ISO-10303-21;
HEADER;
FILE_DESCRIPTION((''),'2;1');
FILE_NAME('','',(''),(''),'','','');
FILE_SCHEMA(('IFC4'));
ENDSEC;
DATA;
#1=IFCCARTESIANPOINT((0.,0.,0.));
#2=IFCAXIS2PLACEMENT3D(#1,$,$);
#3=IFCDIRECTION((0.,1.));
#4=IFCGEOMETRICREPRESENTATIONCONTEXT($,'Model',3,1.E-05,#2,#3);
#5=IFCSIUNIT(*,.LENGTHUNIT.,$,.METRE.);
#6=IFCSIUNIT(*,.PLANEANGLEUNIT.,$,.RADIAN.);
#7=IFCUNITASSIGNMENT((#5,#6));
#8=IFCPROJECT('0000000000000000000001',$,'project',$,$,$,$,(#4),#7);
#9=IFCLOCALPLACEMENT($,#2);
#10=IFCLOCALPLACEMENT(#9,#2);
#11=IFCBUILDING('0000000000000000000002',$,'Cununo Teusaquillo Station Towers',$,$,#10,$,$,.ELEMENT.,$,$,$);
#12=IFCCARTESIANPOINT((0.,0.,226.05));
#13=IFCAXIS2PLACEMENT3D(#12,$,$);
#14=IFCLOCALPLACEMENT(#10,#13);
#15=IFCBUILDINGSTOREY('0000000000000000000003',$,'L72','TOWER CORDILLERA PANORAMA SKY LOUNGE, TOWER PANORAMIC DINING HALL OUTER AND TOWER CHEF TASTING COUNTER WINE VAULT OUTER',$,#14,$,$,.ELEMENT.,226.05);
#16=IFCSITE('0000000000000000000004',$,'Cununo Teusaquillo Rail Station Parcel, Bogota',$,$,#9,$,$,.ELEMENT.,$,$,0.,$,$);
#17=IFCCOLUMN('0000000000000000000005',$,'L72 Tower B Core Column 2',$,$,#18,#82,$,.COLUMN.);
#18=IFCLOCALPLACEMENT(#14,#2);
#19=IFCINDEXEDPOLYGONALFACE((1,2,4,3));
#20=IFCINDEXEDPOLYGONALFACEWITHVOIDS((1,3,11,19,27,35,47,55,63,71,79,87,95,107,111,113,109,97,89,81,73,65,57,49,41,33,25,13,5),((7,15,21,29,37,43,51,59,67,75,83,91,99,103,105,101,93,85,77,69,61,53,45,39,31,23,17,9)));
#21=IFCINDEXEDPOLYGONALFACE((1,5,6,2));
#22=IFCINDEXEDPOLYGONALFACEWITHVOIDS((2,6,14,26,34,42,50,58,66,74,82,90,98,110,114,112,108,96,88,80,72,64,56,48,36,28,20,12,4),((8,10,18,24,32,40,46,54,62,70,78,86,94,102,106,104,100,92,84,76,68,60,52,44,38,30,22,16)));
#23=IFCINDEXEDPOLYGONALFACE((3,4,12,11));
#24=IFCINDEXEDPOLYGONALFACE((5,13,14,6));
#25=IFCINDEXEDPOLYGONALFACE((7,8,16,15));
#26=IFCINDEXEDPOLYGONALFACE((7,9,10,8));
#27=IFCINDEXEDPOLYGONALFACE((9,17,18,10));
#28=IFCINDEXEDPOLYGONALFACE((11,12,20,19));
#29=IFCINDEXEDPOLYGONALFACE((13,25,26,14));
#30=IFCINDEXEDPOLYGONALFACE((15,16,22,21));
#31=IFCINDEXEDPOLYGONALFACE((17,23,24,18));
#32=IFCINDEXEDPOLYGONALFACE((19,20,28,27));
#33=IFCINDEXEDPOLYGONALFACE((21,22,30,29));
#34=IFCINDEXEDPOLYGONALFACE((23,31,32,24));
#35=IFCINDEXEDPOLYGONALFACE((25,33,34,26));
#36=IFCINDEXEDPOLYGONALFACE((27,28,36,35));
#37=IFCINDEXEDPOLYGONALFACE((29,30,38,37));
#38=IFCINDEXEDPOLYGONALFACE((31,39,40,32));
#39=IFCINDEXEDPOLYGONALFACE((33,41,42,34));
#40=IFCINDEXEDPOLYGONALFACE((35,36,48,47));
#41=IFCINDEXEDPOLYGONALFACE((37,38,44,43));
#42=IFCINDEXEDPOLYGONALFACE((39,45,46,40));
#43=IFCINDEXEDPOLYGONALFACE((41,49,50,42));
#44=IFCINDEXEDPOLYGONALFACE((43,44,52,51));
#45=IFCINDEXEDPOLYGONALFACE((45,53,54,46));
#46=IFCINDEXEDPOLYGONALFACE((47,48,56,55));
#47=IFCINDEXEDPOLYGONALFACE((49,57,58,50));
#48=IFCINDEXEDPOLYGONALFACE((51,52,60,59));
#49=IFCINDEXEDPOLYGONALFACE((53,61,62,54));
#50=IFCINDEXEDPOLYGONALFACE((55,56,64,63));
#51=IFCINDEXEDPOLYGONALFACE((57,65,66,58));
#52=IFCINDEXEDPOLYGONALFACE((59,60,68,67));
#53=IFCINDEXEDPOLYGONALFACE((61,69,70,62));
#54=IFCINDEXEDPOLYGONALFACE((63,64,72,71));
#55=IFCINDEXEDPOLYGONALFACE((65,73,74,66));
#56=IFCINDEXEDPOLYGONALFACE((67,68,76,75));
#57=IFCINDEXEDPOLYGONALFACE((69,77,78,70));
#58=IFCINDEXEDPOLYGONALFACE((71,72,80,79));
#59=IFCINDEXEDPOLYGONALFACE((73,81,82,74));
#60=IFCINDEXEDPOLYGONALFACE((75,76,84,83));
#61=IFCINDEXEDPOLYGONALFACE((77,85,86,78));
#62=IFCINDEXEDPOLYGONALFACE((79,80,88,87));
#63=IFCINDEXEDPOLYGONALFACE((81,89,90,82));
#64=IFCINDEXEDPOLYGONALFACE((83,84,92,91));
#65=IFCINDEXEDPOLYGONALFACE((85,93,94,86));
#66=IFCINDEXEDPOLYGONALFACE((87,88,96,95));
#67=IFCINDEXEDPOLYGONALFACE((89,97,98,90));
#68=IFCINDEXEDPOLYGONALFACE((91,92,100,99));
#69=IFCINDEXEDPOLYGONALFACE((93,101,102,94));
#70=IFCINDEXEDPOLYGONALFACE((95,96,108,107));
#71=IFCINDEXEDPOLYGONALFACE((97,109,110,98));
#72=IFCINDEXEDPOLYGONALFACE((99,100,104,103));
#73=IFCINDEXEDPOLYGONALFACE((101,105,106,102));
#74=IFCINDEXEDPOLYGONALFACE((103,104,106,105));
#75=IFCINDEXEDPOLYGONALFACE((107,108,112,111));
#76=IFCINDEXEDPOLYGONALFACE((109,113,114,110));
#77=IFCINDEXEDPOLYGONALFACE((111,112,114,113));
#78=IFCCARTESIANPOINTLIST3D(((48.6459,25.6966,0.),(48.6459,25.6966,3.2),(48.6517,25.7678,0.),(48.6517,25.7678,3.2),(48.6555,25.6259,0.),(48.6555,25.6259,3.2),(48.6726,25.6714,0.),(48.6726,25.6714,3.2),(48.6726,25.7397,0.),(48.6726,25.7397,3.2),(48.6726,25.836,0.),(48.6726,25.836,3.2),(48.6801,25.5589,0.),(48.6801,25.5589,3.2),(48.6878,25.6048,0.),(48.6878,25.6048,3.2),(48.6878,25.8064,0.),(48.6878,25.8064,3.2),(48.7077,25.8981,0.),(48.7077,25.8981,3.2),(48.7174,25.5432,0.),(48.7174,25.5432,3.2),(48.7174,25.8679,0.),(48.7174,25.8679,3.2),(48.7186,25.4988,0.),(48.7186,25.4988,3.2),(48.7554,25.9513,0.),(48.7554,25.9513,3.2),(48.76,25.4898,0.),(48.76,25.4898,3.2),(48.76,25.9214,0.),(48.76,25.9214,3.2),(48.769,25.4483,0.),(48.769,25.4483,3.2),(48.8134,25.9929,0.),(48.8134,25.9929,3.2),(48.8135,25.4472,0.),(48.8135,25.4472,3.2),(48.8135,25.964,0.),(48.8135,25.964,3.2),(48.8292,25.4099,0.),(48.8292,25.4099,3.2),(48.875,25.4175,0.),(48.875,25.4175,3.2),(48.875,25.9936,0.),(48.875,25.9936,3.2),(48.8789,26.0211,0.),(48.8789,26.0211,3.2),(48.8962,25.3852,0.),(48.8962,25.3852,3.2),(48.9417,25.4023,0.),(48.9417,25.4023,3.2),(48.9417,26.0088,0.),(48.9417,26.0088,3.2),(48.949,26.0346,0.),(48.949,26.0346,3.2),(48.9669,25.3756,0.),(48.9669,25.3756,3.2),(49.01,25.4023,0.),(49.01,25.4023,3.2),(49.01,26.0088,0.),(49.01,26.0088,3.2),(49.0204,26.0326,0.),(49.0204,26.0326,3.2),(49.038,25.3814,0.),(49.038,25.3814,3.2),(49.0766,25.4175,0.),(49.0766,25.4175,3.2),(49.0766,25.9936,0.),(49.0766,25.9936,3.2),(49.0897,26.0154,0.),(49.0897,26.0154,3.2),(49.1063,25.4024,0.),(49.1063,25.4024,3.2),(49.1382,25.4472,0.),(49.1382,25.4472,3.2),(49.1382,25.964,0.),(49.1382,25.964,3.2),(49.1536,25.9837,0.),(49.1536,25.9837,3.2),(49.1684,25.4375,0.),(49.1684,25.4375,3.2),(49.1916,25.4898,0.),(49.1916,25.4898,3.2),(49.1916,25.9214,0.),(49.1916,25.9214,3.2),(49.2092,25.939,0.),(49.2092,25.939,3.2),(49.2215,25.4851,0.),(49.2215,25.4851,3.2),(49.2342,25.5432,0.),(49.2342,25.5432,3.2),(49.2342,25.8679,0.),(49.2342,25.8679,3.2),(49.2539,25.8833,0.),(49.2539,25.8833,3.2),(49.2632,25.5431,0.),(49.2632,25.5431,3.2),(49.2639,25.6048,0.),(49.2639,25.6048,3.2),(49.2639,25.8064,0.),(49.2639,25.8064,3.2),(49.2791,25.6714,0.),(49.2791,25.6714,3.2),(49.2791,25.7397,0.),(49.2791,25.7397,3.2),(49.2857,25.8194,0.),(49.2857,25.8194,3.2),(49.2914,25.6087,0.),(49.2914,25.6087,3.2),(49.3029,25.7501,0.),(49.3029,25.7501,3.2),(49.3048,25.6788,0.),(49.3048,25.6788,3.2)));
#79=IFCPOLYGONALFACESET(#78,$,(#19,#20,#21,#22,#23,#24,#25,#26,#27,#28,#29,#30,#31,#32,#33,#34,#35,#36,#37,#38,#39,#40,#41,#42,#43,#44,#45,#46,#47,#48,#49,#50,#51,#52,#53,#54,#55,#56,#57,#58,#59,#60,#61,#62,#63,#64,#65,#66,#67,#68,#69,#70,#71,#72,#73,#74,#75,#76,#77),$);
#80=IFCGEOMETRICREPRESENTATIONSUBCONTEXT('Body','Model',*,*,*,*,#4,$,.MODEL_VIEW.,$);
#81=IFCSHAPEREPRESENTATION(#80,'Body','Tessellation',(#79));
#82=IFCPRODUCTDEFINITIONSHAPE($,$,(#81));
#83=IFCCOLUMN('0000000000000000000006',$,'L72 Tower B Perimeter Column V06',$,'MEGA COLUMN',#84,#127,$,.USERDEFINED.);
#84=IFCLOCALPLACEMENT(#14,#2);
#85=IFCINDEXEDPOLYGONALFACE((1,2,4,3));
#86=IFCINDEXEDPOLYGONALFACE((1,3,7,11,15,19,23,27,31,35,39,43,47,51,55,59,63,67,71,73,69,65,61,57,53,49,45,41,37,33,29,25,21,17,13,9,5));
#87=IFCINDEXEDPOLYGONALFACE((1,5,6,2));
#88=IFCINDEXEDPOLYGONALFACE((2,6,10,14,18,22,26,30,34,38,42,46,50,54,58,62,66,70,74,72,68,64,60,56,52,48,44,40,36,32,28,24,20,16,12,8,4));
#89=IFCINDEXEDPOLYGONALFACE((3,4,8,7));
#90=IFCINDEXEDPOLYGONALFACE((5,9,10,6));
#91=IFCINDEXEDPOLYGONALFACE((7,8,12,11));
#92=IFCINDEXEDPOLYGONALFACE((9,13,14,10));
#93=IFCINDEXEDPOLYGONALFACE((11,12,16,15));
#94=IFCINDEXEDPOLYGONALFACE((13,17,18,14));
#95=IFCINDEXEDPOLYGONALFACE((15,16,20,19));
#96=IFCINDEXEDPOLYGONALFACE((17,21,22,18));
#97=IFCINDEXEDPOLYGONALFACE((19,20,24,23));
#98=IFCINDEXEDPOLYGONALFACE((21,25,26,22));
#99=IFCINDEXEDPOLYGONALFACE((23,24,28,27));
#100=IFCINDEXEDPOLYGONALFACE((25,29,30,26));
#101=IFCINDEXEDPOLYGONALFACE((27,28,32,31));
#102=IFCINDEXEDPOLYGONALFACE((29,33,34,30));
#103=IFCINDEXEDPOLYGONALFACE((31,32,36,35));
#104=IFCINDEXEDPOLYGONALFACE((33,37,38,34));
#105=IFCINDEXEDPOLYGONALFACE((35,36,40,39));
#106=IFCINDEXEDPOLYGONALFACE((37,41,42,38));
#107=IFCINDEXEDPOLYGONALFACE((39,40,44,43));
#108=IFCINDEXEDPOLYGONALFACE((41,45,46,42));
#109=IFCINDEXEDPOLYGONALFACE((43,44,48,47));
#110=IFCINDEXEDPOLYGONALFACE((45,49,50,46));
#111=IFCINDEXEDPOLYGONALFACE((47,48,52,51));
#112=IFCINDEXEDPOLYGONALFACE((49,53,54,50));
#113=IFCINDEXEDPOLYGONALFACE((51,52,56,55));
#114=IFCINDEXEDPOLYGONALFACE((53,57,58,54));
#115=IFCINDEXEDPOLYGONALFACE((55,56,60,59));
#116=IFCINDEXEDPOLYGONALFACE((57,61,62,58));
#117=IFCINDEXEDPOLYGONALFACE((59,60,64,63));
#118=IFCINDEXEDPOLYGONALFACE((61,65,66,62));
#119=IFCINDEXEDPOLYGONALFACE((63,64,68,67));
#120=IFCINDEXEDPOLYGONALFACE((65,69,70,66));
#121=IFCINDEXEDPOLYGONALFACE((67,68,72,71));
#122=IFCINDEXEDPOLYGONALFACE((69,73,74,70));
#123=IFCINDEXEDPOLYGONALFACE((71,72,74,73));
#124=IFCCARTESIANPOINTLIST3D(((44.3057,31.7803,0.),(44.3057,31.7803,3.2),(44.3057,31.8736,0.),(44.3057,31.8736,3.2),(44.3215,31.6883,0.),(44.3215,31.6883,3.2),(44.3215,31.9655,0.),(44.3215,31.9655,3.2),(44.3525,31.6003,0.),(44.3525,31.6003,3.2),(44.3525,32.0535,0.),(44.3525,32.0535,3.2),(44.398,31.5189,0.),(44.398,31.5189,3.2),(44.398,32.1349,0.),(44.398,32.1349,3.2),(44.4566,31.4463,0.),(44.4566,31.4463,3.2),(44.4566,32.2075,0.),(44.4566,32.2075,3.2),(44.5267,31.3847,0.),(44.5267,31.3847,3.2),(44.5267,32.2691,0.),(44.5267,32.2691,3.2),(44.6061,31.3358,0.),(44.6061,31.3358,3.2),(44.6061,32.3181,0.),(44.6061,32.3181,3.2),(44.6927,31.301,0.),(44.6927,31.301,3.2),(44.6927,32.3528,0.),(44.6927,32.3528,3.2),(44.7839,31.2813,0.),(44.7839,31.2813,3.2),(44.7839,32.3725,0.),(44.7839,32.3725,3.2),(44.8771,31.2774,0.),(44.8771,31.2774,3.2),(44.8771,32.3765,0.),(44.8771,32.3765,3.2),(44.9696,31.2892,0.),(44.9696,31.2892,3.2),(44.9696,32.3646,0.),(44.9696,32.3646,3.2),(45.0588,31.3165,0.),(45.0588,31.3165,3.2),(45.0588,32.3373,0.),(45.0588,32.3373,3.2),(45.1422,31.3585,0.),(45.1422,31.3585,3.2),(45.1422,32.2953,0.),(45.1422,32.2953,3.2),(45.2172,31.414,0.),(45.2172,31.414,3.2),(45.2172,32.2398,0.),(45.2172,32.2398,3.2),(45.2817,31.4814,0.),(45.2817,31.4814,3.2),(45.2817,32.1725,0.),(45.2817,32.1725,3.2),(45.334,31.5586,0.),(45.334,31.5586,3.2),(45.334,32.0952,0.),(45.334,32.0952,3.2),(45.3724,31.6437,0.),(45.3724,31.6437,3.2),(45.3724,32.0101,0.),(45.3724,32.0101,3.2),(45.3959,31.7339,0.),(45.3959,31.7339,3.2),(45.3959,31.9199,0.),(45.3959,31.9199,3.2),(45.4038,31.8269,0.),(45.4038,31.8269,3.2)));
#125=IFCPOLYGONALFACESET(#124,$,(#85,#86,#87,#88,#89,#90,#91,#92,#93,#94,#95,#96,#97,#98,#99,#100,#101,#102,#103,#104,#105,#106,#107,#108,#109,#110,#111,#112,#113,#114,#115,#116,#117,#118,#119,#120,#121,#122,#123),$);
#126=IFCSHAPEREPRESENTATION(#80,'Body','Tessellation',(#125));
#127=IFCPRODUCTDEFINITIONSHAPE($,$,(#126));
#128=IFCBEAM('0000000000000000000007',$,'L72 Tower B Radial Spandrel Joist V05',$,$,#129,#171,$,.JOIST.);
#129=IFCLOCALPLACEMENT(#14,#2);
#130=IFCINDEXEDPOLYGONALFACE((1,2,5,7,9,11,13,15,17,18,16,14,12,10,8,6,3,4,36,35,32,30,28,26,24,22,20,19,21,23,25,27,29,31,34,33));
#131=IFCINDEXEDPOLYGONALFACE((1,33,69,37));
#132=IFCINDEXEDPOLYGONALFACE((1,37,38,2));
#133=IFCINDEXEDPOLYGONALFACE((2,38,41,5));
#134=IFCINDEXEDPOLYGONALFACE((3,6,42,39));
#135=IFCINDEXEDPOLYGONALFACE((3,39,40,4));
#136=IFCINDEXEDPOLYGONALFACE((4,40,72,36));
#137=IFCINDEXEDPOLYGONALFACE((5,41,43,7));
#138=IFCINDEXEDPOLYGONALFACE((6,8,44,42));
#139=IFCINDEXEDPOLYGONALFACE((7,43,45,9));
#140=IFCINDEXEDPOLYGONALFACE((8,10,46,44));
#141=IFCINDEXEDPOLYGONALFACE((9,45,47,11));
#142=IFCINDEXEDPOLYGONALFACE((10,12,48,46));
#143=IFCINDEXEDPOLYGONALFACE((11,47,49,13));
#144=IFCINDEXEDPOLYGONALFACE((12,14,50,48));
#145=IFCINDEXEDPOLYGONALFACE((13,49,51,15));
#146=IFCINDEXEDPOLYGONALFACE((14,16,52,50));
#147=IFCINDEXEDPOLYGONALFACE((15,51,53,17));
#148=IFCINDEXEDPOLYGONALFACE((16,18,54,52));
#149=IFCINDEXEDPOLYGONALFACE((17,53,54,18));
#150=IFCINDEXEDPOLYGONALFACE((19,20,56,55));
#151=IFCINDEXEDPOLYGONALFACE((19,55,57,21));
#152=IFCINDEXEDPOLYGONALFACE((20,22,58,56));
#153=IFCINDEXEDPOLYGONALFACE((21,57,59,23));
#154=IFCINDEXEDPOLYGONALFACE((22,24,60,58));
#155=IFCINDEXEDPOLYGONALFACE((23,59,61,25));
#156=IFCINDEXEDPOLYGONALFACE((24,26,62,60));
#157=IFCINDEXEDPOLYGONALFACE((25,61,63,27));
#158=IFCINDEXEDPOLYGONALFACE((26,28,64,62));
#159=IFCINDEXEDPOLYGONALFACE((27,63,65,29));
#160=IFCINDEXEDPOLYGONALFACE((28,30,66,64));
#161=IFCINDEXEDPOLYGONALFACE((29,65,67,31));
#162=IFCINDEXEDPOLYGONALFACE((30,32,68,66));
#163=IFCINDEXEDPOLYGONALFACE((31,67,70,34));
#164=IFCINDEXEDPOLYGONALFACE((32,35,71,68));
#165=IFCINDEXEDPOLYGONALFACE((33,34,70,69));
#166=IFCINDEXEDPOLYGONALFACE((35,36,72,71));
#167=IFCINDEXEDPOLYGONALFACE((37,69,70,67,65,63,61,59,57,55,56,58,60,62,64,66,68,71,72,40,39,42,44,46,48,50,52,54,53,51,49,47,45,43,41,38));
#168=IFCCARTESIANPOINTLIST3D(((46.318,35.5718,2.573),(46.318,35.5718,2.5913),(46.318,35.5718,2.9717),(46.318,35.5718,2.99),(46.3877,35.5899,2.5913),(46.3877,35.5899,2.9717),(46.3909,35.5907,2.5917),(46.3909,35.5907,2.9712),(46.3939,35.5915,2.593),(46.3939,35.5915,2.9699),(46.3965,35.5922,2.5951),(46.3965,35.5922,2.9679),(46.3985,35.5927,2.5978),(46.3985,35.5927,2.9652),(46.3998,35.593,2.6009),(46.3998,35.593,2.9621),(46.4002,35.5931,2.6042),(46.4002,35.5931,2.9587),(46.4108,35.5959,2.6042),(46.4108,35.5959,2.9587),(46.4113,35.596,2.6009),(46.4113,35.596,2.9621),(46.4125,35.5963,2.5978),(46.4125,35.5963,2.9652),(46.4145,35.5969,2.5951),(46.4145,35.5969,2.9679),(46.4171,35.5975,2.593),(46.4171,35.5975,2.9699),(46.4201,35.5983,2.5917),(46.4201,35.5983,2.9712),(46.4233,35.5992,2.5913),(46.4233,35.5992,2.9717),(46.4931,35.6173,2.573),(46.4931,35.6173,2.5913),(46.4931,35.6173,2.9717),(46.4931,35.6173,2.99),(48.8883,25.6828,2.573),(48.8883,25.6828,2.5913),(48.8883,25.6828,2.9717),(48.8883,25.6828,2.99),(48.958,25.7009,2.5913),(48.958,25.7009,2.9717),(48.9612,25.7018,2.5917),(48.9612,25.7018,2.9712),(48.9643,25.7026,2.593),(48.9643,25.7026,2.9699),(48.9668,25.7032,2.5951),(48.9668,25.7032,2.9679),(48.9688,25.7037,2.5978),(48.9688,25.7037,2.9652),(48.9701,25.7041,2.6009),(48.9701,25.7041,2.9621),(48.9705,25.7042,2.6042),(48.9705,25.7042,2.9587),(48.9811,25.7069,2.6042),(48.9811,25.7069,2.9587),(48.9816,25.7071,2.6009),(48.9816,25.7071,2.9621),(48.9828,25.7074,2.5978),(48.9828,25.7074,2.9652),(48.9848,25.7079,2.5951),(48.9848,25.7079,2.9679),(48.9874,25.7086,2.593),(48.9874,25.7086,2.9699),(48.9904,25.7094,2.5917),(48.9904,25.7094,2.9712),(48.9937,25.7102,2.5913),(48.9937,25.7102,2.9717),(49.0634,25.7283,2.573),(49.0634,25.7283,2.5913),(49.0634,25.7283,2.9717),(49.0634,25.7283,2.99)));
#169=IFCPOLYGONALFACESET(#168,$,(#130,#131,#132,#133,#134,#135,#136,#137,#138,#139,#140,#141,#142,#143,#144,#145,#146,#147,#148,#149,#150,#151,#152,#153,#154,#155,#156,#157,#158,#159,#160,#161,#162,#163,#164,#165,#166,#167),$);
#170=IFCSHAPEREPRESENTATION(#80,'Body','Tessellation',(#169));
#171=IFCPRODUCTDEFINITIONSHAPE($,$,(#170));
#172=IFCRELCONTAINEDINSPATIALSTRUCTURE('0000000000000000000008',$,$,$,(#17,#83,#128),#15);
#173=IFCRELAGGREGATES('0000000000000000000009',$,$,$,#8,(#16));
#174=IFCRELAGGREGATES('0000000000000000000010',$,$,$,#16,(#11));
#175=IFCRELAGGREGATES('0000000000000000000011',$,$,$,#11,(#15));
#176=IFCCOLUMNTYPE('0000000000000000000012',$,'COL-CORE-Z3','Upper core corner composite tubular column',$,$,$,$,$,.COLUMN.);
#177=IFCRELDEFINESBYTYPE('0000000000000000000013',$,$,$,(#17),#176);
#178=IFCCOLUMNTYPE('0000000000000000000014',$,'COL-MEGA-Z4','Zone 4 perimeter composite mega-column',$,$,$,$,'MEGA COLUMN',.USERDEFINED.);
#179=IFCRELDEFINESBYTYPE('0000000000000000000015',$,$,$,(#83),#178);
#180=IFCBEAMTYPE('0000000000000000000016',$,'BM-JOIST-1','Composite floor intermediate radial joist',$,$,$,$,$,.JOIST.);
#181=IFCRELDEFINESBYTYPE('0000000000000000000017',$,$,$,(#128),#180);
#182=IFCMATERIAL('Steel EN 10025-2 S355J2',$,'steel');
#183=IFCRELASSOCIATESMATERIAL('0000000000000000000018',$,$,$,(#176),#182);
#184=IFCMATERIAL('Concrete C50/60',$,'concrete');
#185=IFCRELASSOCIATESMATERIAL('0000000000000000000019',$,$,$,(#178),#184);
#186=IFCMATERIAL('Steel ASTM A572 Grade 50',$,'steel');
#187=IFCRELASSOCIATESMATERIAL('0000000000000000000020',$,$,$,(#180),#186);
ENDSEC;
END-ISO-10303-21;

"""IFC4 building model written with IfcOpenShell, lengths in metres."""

from ifc_helpers import new_model, si_unit, direction, frame, origin, origin_2d, place, context, subcontext, project, spatial, circle, hollow_circle, i_section, extrude, material, material_profile, profile_set, type_object, element, save


model = new_model("IFC4")

# Units and contexts
model_context = context("Model", 3, precision=1e-05, world=origin(), true_north=direction((0.0, 1.0)))
body_context = subcontext(model_context, "Body", "Model", "MODEL_VIEW")
ifc_project = project(units=[si_unit("LENGTHUNIT", "METRE"), si_unit("PLANEANGLEUNIT", "RADIAN")], contexts=[model_context])

# Site, building, storey
site_placement = place(None, origin())
site = spatial("IfcSite", under=ifc_project, at=site_placement, Name="Cununo Teusaquillo Rail Station Parcel, Bogota", CompositionType="ELEMENT", RefElevation=0.0)
building_placement = place(site_placement, origin())
building = spatial("IfcBuilding", under=site, at=building_placement, Name="Cununo Teusaquillo Station Towers", CompositionType="ELEMENT")
storey_placement = place(building_placement, frame((0.0, 0.0, 226.05)))
storey = spatial("IfcBuildingStorey", under=building, at=storey_placement, Name="L72", Description="TOWER CORDILLERA PANORAMA SKY LOUNGE, TOWER PANORAMIC DINING HALL OUTER AND TOWER CHEF TASTING COUNTER WINE VAULT OUTER", CompositionType="ELEMENT", Elevation=226.05)

# Columns
ifc_material_1 = material(Name="Steel EN 10025-2 S355J2", Category="steel")
ifc_material_profile_1 = material_profile(ifc_material_1, hollow_circle(Radius=0.3301, WallThickness=0.0249, at=origin_2d()), Name="CHS 660x25")
ifc_profile_set_1 = profile_set([ifc_material_profile_1], Name="Steel EN 10025-2 S355J2")
column_type_1 = type_object("IfcColumnType", Name="COL-CORE-Z3", Description="Upper core corner composite tubular column", PredefinedType="COLUMN", material=ifc_profile_set_1)
column_1_placement = place(storey_placement, frame((48.9758, 25.7056, 0.0), z_axis=(0.0, 0.0, 1.0), x_axis=(0.707107, 0.707107, 0.0)))
element("IfcColumn", 1, at=column_1_placement, inside=storey, type_object=column_type_1, Name="L72 Tower B Core Column 2", PredefinedType="COLUMN", context=body_context, shape_type="SweptSolid", body=[
    extrude(hollow_circle(Radius=0.3301, WallThickness=0.0249, at=origin_2d()), origin(), (0.0, 0.0, 1.0), 3.2),
])
ifc_material_2 = material(Name="Concrete C50/60", Category="concrete")
ifc_material_profile_2 = material_profile(ifc_material_2, circle(Radius=0.55, at=origin_2d()), Name="RC-CIRC-1100")
ifc_profile_set_2 = profile_set([ifc_material_profile_2], Name="Concrete C50/60")
column_type_2 = type_object("IfcColumnType", Name="COL-MEGA-Z4", Description="Zone 4 perimeter composite mega-column", ElementType="MEGA COLUMN", PredefinedType="USERDEFINED", material=ifc_profile_set_2)
column_2_placement = place(storey_placement, frame((44.8538, 31.8269, 0.0), z_axis=(0.0, 0.0, 1.0), x_axis=(1.0, 0.0, 0.0)))
element("IfcColumn", 2, at=column_2_placement, inside=storey, type_object=column_type_2, Name="L72 Tower B Perimeter Column V06", ObjectType="MEGA COLUMN", PredefinedType="USERDEFINED", context=body_context, shape_type="SweptSolid", body=[
    extrude(circle(Radius=0.55, at=origin_2d()), origin(), (0.0, 0.0, 1.0), 3.2),
])

# Beam
ifc_material_3 = material(Name="Steel ASTM A572 Grade 50", Category="steel")
ifc_material_profile_3 = material_profile(ifc_material_3, i_section(OverallWidth=0.1809, OverallDepth=0.417, WebThickness=0.011, FlangeThickness=0.0183, FilletRadius=0.0129, at=origin_2d()), Name="W16X57")
ifc_profile_set_3 = profile_set([ifc_material_profile_3], Name="Steel ASTM A572 Grade 50")
beam_type_1 = type_object("IfcBeamType", Name="BM-JOIST-1", Description="Composite floor intermediate radial joist", PredefinedType="JOIST", material=ifc_profile_set_3)
beam_1_placement = place(storey_placement, frame((48.9758, 25.7056, 2.7815), z_axis=(-0.25156, 0.967842, 0.0), x_axis=(-0.967842, -0.25156, 0.0)))
element("IfcBeam", 3, at=beam_1_placement, inside=storey, type_object=beam_type_1, Name="L72 Tower B Radial Spandrel Joist V05", PredefinedType="JOIST", context=body_context, shape_type="SweptSolid", body=[
    extrude(i_section(OverallWidth=0.1809, OverallDepth=0.417, WebThickness=0.011, FlangeThickness=0.0183, FilletRadius=0.0129, at=origin_2d()), origin(), (0.0, 0.0, 1.0), 10.2175),
])

save(model, "model.ifc")
